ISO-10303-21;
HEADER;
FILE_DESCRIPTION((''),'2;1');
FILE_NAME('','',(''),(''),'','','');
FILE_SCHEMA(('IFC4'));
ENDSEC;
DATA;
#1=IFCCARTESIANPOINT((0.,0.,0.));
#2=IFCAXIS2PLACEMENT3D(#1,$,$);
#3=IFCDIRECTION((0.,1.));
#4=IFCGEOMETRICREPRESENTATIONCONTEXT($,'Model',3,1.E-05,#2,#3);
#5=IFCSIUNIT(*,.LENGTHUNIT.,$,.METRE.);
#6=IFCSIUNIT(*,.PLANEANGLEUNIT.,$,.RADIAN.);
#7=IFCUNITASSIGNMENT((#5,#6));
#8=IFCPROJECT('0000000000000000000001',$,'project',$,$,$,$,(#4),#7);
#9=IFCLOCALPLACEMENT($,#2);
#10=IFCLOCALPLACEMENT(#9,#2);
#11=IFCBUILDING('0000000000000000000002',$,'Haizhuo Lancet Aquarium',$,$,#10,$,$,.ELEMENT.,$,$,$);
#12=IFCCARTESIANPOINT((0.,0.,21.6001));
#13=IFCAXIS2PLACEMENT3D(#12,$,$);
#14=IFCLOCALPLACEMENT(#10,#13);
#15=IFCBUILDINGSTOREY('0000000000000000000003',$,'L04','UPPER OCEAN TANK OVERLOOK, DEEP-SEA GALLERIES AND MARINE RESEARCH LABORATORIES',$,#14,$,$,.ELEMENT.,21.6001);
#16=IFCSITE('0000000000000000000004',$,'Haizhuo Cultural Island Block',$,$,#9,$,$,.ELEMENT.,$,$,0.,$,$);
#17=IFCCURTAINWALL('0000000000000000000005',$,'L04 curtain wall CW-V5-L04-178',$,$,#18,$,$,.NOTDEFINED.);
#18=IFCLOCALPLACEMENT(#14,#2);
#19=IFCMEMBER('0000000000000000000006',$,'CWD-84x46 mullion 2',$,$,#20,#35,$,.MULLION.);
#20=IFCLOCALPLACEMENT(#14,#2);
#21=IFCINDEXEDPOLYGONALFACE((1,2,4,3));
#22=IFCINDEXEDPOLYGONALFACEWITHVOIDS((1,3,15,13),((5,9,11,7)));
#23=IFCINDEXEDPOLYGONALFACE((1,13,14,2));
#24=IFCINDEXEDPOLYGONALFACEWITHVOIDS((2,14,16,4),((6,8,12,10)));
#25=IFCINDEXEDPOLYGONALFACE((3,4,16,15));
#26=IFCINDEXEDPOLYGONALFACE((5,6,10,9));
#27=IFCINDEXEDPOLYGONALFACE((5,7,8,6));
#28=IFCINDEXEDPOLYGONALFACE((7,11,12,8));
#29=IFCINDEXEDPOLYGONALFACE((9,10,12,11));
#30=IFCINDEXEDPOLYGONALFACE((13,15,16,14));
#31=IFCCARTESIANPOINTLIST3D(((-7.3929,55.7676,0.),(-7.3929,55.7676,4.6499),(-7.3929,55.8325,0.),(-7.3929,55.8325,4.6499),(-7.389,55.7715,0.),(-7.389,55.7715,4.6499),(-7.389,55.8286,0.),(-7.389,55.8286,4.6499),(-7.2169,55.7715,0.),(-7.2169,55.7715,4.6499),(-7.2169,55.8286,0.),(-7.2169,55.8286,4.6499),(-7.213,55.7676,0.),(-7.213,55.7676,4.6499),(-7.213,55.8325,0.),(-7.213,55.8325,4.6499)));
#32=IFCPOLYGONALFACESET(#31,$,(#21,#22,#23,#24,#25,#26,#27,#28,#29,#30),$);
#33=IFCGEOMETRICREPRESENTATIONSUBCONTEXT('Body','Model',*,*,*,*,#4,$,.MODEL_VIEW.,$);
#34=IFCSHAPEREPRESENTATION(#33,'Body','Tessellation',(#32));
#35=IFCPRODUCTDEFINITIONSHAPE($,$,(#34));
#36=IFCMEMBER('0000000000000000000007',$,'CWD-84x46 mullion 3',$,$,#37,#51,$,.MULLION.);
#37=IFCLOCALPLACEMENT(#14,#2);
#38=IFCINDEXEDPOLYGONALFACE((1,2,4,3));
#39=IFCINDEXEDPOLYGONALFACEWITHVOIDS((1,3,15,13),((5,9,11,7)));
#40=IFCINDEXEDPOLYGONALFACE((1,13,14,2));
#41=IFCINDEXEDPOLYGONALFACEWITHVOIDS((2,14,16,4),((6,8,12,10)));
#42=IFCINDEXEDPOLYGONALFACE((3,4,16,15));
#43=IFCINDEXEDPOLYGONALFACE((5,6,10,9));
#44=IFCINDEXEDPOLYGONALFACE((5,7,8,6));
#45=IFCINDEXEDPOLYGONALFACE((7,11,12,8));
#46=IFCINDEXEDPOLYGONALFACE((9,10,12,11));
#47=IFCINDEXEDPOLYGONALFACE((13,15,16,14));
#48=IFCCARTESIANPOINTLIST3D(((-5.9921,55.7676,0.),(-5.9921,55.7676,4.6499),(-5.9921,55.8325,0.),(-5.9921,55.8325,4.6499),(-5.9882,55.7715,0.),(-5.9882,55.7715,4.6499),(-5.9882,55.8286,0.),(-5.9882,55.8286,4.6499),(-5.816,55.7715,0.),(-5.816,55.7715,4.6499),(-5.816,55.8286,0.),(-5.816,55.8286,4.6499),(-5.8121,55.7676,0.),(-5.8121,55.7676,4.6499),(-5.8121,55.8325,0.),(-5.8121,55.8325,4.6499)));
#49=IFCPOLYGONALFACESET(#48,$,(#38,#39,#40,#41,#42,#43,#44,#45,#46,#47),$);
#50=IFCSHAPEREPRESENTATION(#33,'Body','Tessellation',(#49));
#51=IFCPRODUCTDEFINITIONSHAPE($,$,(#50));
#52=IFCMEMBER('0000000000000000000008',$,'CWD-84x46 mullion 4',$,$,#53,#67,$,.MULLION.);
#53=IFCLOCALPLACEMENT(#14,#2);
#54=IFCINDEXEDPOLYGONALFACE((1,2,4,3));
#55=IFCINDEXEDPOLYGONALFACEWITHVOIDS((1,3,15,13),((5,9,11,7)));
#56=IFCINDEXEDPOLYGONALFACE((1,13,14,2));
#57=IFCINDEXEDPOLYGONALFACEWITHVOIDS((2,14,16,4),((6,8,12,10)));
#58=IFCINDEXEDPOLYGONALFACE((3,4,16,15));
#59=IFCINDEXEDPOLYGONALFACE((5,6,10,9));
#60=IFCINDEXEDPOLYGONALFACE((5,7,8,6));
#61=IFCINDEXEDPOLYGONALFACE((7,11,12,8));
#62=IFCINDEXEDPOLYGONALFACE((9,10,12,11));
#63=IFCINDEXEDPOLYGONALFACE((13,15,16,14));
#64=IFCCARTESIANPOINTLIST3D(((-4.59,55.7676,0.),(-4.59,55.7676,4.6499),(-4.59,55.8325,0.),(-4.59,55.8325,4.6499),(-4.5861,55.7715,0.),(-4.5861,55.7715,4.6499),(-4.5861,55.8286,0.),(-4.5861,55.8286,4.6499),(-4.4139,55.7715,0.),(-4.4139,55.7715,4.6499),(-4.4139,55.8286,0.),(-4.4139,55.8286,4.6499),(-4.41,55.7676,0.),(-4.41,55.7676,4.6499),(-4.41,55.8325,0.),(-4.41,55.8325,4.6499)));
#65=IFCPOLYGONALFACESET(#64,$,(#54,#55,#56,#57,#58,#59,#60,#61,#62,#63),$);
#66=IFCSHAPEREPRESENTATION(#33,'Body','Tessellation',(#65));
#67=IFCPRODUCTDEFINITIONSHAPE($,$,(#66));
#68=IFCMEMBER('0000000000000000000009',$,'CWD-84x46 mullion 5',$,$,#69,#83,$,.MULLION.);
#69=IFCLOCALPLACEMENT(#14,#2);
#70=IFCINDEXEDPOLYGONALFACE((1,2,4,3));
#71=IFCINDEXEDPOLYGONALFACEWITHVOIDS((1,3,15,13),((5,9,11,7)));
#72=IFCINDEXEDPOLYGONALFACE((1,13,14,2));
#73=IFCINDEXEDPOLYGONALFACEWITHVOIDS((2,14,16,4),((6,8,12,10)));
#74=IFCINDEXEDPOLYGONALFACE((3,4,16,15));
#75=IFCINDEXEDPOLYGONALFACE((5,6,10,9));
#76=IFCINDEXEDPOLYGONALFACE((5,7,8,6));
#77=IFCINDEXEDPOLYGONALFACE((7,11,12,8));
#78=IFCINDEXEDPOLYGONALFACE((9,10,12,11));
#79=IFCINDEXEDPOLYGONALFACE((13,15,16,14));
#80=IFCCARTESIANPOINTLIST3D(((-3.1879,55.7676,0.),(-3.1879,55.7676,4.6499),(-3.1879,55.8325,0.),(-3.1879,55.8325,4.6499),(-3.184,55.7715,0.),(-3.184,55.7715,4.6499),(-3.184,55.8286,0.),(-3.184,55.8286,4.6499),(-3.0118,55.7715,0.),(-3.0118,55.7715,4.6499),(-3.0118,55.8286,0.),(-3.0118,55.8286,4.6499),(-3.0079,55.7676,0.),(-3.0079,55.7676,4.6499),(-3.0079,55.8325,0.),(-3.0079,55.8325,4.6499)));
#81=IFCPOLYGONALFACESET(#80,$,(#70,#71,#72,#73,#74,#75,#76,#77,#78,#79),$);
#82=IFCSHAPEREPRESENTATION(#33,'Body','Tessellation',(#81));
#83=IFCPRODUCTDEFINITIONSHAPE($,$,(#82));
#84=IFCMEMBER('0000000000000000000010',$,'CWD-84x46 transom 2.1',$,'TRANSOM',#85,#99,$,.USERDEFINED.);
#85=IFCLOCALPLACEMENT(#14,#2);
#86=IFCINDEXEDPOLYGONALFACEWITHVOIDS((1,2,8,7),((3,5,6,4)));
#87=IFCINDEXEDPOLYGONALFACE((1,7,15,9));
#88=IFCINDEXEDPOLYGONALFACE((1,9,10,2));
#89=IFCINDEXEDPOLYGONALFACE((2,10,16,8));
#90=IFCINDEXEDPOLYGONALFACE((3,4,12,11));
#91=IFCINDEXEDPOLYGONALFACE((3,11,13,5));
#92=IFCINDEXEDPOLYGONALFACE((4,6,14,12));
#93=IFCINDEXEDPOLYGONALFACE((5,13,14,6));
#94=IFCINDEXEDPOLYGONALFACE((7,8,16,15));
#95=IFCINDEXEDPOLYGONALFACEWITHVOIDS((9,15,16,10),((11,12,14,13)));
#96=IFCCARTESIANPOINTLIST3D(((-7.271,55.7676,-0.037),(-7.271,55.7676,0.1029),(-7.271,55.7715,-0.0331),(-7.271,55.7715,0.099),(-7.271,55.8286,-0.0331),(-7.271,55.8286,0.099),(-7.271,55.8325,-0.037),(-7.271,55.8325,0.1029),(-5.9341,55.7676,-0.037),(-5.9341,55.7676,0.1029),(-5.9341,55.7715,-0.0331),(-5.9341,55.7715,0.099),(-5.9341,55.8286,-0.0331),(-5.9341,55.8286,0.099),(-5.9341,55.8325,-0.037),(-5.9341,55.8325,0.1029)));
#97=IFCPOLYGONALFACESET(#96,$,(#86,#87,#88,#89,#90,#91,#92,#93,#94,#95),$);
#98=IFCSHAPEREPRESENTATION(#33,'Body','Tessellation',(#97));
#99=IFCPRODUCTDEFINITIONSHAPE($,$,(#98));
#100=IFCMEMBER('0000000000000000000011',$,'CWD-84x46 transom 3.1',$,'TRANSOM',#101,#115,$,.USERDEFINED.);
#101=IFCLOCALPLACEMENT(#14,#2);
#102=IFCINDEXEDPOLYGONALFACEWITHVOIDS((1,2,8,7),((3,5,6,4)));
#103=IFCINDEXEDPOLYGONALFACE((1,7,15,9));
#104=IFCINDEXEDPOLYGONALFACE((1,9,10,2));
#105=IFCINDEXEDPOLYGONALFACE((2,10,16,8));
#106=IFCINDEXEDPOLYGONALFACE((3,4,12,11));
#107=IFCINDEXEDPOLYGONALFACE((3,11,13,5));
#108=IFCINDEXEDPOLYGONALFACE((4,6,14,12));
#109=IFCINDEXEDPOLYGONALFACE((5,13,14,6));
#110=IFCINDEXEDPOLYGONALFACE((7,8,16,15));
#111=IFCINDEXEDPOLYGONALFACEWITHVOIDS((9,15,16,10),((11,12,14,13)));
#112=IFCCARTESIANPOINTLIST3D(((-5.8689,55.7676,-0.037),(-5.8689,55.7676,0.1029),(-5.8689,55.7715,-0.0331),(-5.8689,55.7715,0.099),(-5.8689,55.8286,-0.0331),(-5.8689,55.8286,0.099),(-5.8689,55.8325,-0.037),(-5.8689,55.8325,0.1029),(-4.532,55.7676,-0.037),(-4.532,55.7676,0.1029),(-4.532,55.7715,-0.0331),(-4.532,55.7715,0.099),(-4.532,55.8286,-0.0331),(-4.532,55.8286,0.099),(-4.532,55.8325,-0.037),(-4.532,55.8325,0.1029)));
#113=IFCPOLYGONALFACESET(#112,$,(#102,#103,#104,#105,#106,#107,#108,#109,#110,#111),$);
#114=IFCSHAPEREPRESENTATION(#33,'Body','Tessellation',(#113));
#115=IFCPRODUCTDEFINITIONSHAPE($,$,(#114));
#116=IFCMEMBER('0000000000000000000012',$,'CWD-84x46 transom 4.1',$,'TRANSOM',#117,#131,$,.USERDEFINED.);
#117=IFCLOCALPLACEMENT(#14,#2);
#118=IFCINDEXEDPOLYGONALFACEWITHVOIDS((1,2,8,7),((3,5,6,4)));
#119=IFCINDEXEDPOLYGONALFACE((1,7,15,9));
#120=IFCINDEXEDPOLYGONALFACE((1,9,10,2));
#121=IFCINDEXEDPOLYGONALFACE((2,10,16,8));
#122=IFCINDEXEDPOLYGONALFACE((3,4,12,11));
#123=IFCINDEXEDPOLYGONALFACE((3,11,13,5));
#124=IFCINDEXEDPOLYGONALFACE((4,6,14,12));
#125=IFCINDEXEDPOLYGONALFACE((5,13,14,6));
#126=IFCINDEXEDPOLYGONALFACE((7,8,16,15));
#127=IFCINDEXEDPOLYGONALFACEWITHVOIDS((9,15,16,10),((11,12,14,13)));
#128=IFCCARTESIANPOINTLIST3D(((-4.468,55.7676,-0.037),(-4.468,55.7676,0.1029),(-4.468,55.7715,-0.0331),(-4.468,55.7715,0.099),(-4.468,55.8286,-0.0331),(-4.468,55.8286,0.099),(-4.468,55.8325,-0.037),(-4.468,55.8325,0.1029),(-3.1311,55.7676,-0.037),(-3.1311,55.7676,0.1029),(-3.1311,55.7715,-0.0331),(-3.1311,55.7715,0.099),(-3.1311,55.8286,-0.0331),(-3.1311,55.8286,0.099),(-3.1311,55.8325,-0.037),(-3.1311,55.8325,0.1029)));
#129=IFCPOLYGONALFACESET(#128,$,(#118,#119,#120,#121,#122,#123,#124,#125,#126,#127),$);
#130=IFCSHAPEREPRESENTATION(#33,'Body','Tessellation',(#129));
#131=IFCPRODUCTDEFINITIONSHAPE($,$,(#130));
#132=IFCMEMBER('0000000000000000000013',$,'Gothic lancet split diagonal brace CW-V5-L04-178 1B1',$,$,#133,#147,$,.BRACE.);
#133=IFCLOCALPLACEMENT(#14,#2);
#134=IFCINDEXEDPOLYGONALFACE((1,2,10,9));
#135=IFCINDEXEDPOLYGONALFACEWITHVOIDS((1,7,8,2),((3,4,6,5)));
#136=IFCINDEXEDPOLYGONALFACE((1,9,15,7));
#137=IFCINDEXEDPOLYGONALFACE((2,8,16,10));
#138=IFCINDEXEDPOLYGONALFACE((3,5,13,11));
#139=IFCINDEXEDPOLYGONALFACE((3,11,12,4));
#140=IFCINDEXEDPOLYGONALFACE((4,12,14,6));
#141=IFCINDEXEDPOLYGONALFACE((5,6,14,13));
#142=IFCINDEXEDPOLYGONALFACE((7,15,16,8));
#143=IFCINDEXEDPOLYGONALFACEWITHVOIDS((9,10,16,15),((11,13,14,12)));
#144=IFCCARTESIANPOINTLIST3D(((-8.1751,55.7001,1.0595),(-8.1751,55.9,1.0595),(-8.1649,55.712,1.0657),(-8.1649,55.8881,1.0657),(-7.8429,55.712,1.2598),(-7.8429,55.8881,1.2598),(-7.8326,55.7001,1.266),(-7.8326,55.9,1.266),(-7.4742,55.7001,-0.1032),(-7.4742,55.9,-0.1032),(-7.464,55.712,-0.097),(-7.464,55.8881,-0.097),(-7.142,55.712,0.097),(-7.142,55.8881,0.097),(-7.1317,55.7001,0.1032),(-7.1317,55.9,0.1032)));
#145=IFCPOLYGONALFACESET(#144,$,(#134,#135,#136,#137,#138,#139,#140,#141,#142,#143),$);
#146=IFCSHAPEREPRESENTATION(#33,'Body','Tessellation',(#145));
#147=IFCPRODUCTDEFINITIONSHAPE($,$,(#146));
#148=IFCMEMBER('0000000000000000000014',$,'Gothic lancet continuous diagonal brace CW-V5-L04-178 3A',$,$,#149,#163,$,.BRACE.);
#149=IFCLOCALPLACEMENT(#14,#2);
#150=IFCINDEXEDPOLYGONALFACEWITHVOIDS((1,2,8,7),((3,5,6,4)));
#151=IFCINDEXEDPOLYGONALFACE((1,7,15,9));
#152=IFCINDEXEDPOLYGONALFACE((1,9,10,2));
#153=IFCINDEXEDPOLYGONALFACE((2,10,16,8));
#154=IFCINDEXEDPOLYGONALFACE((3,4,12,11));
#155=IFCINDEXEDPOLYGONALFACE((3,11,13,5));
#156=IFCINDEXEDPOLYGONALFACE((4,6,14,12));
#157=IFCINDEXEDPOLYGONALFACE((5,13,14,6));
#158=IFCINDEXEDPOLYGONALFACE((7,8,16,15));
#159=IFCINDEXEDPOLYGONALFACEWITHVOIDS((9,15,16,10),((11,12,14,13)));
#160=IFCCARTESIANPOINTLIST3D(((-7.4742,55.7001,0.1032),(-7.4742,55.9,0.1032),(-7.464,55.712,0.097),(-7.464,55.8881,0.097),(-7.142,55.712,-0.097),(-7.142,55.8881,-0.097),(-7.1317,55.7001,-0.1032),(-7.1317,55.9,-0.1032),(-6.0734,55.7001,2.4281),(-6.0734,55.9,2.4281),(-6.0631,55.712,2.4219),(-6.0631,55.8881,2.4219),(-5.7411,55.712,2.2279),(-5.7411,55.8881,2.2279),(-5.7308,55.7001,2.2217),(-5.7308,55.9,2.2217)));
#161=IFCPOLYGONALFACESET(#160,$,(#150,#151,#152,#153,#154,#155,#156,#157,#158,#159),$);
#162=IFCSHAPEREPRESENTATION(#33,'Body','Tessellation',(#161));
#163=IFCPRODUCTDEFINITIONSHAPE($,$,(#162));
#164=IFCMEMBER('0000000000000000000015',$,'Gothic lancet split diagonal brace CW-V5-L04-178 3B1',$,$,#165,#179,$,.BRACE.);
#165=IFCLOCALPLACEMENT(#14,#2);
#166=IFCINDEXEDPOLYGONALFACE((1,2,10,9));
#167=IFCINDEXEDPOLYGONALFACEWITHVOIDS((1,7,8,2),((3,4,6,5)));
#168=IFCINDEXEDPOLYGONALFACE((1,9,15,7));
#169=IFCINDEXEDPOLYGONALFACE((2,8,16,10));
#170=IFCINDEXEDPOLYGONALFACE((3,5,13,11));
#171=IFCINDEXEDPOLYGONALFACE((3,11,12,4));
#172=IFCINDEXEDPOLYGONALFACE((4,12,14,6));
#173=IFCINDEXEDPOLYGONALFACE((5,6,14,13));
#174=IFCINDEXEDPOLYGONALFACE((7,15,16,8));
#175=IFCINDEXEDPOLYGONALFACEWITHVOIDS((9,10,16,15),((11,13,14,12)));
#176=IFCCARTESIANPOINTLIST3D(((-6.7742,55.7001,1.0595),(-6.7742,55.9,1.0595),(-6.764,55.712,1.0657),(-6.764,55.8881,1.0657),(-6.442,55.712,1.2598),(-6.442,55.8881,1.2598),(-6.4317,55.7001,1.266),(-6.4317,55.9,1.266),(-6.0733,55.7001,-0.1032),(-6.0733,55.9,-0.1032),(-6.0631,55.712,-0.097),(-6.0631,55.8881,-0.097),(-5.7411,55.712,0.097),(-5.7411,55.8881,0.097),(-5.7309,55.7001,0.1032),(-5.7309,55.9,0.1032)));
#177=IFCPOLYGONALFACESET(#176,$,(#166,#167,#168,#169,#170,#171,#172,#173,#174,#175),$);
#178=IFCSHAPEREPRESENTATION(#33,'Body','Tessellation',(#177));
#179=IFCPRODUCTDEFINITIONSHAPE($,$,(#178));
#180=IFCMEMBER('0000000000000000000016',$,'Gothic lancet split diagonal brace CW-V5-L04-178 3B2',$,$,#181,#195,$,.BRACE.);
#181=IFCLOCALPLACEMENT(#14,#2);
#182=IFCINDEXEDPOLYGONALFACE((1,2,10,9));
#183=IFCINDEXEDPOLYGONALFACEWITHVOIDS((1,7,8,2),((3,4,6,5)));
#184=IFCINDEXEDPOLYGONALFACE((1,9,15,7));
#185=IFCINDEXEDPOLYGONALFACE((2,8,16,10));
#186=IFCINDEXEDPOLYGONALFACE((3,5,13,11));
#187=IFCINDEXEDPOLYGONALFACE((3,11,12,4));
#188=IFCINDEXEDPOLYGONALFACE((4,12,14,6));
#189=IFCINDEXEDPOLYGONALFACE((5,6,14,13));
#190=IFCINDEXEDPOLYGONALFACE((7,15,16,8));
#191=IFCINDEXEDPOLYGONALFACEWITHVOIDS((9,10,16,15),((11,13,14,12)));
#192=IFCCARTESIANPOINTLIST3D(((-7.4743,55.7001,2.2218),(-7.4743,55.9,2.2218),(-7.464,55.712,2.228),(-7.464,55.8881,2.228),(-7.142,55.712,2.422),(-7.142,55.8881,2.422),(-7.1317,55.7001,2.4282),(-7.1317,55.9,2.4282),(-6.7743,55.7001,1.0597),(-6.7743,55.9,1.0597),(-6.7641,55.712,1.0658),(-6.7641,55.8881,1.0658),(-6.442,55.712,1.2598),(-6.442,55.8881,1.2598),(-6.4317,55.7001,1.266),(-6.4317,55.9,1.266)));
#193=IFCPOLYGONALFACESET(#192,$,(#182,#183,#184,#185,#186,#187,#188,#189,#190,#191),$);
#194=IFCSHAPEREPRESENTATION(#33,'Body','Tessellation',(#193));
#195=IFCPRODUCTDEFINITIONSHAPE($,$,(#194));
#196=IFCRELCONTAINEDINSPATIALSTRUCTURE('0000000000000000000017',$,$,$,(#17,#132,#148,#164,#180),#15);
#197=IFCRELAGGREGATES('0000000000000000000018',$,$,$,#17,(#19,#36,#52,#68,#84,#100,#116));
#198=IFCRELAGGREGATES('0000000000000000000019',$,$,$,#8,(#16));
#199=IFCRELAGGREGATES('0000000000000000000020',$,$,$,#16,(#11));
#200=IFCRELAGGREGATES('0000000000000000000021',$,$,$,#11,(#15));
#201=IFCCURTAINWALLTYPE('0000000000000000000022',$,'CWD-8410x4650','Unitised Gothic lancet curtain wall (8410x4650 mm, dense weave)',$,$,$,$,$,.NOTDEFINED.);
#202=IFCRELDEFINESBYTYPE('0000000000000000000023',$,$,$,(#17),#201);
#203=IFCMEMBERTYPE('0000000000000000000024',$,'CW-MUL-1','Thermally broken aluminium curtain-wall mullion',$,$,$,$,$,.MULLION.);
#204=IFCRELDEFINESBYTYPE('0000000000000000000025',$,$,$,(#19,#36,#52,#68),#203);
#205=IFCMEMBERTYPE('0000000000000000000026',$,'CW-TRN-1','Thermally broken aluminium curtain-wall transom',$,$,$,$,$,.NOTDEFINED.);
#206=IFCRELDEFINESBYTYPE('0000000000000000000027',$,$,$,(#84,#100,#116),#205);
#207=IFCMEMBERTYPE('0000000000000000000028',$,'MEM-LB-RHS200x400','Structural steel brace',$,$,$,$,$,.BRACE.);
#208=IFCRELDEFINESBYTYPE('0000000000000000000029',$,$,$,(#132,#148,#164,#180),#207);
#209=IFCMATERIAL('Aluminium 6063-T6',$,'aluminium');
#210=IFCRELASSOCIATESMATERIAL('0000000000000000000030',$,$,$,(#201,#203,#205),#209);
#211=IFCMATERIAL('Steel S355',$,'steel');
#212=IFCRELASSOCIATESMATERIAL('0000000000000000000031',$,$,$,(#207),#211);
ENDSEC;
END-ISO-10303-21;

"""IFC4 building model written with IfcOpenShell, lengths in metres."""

from ifc_helpers import new_model, si_unit, direction, frame, origin, origin_2d, place, context, subcontext, project, spatial, hollow_rectangle, extrude, material, material_profile, profile_set, type_object, element, aggregate, save


model = new_model("IFC4")

# Units and contexts
model_context = context("Model", 3, precision=1e-05, world=origin(), true_north=direction((0.0, 1.0)))
body_context = subcontext(model_context, "Body", "Model", "MODEL_VIEW")
ifc_project = project(units=[si_unit("LENGTHUNIT", "METRE"), si_unit("PLANEANGLEUNIT", "RADIAN")], contexts=[model_context])

# Site, building, storey
site_placement = place(None, origin())
site = spatial("IfcSite", under=ifc_project, at=site_placement, Name="Haizhuo Cultural Island Block", CompositionType="ELEMENT", RefElevation=0.0)
building_placement = place(site_placement, origin())
building = spatial("IfcBuilding", under=site, at=building_placement, Name="Haizhuo Lancet Aquarium", CompositionType="ELEMENT")
storey_placement = place(building_placement, frame((0.0, 0.0, 21.6001)))
storey = spatial("IfcBuildingStorey", under=building, at=storey_placement, Name="L04", Description="UPPER OCEAN TANK OVERLOOK, DEEP-SEA GALLERIES AND MARINE RESEARCH LABORATORIES", CompositionType="ELEMENT", Elevation=21.6001)

# Curtain wall, members
ifc_material_1 = material(Name="Aluminium 6063-T6", Category="aluminium")
curtain_wall_type = type_object("IfcCurtainWallType", Name="CWD-8410x4650", Description="Unitised Gothic lancet curtain wall (8410x4650 mm, dense weave)", PredefinedType="NOTDEFINED", material=ifc_material_1)
curtain_wall_placement = place(storey_placement, origin())
curtain_wall = element("IfcCurtainWall", 1, at=curtain_wall_placement, inside=storey, type_object=curtain_wall_type, Name="L04 curtain wall CW-V5-L04-178", PredefinedType="NOTDEFINED")
ifc_material_profile_1 = material_profile(ifc_material_1, hollow_rectangle(XDim=0.0649, YDim=0.1799, WallThickness=0.0039, at=origin_2d()), Name="ALU-M 65x180x4")
ifc_profile_set_1 = profile_set([ifc_material_profile_1], Name="Aluminium 6063-T6")
member_type_1 = type_object("IfcMemberType", Name="CW-MUL-1", Description="Thermally broken aluminium curtain-wall mullion", PredefinedType="MULLION", material=ifc_profile_set_1)
member_1_placement = place(storey_placement, frame((-7.303, 55.8, 0.0), z_axis=(0.0, 0.0, 1.0), x_axis=(0.0, 1.0, 0.0)))
member_1 = element("IfcMember", 2, at=member_1_placement, type_object=member_type_1, Name="CWD-84x46 mullion 2", PredefinedType="MULLION", context=body_context, shape_type="SweptSolid", body=[
    extrude(hollow_rectangle(XDim=0.0649, YDim=0.1799, WallThickness=0.0039, at=origin_2d()), origin(), (0.0, 0.0, 1.0), 4.6499),
])
member_2_placement = place(storey_placement, frame((-5.9021, 55.8, 0.0), z_axis=(0.0, 0.0, 1.0), x_axis=(0.0, 1.0, 0.0)))
member_2 = element("IfcMember", 3, at=member_2_placement, type_object=member_type_1, Name="CWD-84x46 mullion 3", PredefinedType="MULLION", context=body_context, shape_type="SweptSolid", body=[
    extrude(hollow_rectangle(XDim=0.0649, YDim=0.1799, WallThickness=0.0039, at=origin_2d()), origin(), (0.0, 0.0, 1.0), 4.6499),
])
member_3_placement = place(storey_placement, frame((-4.5, 55.8, 0.0), z_axis=(0.0, 0.0, 1.0), x_axis=(0.0, 1.0, 0.0)))
member_3 = element("IfcMember", 4, at=member_3_placement, type_object=member_type_1, Name="CWD-84x46 mullion 4", PredefinedType="MULLION", context=body_context, shape_type="SweptSolid", body=[
    extrude(hollow_rectangle(XDim=0.0649, YDim=0.1799, WallThickness=0.0039, at=origin_2d()), origin(), (0.0, 0.0, 1.0), 4.6499),
])
member_4_placement = place(storey_placement, frame((-3.0979, 55.8, 0.0), z_axis=(0.0, 0.0, 1.0), x_axis=(0.0, 1.0, 0.0)))
member_4 = element("IfcMember", 5, at=member_4_placement, type_object=member_type_1, Name="CWD-84x46 mullion 5", PredefinedType="MULLION", context=body_context, shape_type="SweptSolid", body=[
    extrude(hollow_rectangle(XDim=0.0649, YDim=0.1799, WallThickness=0.0039, at=origin_2d()), origin(), (0.0, 0.0, 1.0), 4.6499),
])
ifc_material_profile_2 = material_profile(ifc_material_1, hollow_rectangle(XDim=0.0649, YDim=0.1399, WallThickness=0.0039, at=origin_2d()), Name="ALU-T 65x140x4")
ifc_profile_set_2 = profile_set([ifc_material_profile_2], Name="Aluminium 6063-T6")
member_type_2 = type_object("IfcMemberType", Name="CW-TRN-1", Description="Thermally broken aluminium curtain-wall transom", PredefinedType="NOTDEFINED", material=ifc_profile_set_2)
member_5_placement = place(storey_placement, frame((-7.271, 55.8, 0.033), z_axis=(1.0, 0.0, 0.0), x_axis=(0.0, 1.0, 0.0)))
member_5 = element("IfcMember", 6, at=member_5_placement, type_object=member_type_2, Name="CWD-84x46 transom 2.1", ObjectType="TRANSOM", PredefinedType="USERDEFINED", context=body_context, shape_type="SweptSolid", body=[
    extrude(hollow_rectangle(XDim=0.0649, YDim=0.1399, WallThickness=0.0039, at=origin_2d()), origin(), (0.0, 0.0, 1.0), 1.3369),
])
member_6_placement = place(storey_placement, frame((-5.8689, 55.8, 0.033), z_axis=(1.0, 0.0, 0.0), x_axis=(0.0, 1.0, 0.0)))
member_6 = element("IfcMember", 7, at=member_6_placement, type_object=member_type_2, Name="CWD-84x46 transom 3.1", ObjectType="TRANSOM", PredefinedType="USERDEFINED", context=body_context, shape_type="SweptSolid", body=[
    extrude(hollow_rectangle(XDim=0.0649, YDim=0.1399, WallThickness=0.0039, at=origin_2d()), origin(), (0.0, 0.0, 1.0), 1.3369),
])
member_7_placement = place(storey_placement, frame((-4.468, 55.8, 0.033), z_axis=(1.0, 0.0, 0.0), x_axis=(0.0, 1.0, 0.0)))
member_7 = element("IfcMember", 8, at=member_7_placement, type_object=member_type_2, Name="CWD-84x46 transom 4.1", ObjectType="TRANSOM", PredefinedType="USERDEFINED", context=body_context, shape_type="SweptSolid", body=[
    extrude(hollow_rectangle(XDim=0.0649, YDim=0.1399, WallThickness=0.0039, at=origin_2d()), origin(), (0.0, 0.0, 1.0), 1.3369),
])

# Members
ifc_material_2 = material(Name="Steel S355", Category="steel")
ifc_material_profile_3 = material_profile(ifc_material_2, hollow_rectangle(XDim=0.2, YDim=0.3999, WallThickness=0.012, at=origin_2d()), Name="RHS 200x400x12")
ifc_profile_set_3 = profile_set([ifc_material_profile_3], Name="Steel S355")
member_type_3 = type_object("IfcMemberType", Name="MEM-LB-RHS200x400", Description="Structural steel brace", PredefinedType="BRACE", material=ifc_profile_set_3)
member_8_placement = place(storey_placement, frame((-7.303, 55.8, 0.0), z_axis=(-0.51624, 0.0, 0.856444), x_axis=(0.0, -1.0, 0.0)))
element("IfcMember", 9, at=member_8_placement, inside=storey, type_object=member_type_3, Name="Gothic lancet split diagonal brace CW-V5-L04-178 1B1", PredefinedType="BRACE", context=body_context, shape_type="SweptSolid", body=[
    extrude(hollow_rectangle(XDim=0.2, YDim=0.3999, WallThickness=0.012, at=origin_2d()), origin(), (0.0, 0.0, 1.0), 1.3577),
])
member_9_placement = place(storey_placement, frame((-7.303, 55.8, 0.0), z_axis=(0.516095, 0.0, 0.856531), x_axis=(0.0, 1.0, 0.0)))
element("IfcMember", 10, at=member_9_placement, inside=storey, type_object=member_type_3, Name="Gothic lancet continuous diagonal brace CW-V5-L04-178 3A", PredefinedType="BRACE", context=body_context, shape_type="SweptSolid", body=[
    extrude(hollow_rectangle(XDim=0.2, YDim=0.3999, WallThickness=0.012, at=origin_2d()), origin(), (0.0, 0.0, 1.0), 2.7144),
])
member_10_placement = place(storey_placement, frame((-5.9021, 55.8, 0.0), z_axis=(-0.51624, 0.0, 0.856444), x_axis=(0.0, -1.0, 0.0)))
element("IfcMember", 11, at=member_10_placement, inside=storey, type_object=member_type_3, Name="Gothic lancet split diagonal brace CW-V5-L04-178 3B1", PredefinedType="BRACE", context=body_context, shape_type="SweptSolid", body=[
    extrude(hollow_rectangle(XDim=0.2, YDim=0.3999, WallThickness=0.012, at=origin_2d()), origin(), (0.0, 0.0, 1.0), 1.3577),
])
member_11_placement = place(storey_placement, frame((-6.603, 55.8, 1.1628), z_axis=(-0.515951, 0.0, 0.856618), x_axis=(0.0, -1.0, 0.0)))
element("IfcMember", 12, at=member_11_placement, inside=storey, type_object=member_type_3, Name="Gothic lancet split diagonal brace CW-V5-L04-178 3B2", PredefinedType="BRACE", context=body_context, shape_type="SweptSolid", body=[
    extrude(hollow_rectangle(XDim=0.2, YDim=0.3999, WallThickness=0.012, at=origin_2d()), origin(), (0.0, 0.0, 1.0), 1.3567),
])

aggregate(curtain_wall, [member_1, member_2, member_3, member_4, member_5, member_6, member_7])

save(model, "model.ifc")
